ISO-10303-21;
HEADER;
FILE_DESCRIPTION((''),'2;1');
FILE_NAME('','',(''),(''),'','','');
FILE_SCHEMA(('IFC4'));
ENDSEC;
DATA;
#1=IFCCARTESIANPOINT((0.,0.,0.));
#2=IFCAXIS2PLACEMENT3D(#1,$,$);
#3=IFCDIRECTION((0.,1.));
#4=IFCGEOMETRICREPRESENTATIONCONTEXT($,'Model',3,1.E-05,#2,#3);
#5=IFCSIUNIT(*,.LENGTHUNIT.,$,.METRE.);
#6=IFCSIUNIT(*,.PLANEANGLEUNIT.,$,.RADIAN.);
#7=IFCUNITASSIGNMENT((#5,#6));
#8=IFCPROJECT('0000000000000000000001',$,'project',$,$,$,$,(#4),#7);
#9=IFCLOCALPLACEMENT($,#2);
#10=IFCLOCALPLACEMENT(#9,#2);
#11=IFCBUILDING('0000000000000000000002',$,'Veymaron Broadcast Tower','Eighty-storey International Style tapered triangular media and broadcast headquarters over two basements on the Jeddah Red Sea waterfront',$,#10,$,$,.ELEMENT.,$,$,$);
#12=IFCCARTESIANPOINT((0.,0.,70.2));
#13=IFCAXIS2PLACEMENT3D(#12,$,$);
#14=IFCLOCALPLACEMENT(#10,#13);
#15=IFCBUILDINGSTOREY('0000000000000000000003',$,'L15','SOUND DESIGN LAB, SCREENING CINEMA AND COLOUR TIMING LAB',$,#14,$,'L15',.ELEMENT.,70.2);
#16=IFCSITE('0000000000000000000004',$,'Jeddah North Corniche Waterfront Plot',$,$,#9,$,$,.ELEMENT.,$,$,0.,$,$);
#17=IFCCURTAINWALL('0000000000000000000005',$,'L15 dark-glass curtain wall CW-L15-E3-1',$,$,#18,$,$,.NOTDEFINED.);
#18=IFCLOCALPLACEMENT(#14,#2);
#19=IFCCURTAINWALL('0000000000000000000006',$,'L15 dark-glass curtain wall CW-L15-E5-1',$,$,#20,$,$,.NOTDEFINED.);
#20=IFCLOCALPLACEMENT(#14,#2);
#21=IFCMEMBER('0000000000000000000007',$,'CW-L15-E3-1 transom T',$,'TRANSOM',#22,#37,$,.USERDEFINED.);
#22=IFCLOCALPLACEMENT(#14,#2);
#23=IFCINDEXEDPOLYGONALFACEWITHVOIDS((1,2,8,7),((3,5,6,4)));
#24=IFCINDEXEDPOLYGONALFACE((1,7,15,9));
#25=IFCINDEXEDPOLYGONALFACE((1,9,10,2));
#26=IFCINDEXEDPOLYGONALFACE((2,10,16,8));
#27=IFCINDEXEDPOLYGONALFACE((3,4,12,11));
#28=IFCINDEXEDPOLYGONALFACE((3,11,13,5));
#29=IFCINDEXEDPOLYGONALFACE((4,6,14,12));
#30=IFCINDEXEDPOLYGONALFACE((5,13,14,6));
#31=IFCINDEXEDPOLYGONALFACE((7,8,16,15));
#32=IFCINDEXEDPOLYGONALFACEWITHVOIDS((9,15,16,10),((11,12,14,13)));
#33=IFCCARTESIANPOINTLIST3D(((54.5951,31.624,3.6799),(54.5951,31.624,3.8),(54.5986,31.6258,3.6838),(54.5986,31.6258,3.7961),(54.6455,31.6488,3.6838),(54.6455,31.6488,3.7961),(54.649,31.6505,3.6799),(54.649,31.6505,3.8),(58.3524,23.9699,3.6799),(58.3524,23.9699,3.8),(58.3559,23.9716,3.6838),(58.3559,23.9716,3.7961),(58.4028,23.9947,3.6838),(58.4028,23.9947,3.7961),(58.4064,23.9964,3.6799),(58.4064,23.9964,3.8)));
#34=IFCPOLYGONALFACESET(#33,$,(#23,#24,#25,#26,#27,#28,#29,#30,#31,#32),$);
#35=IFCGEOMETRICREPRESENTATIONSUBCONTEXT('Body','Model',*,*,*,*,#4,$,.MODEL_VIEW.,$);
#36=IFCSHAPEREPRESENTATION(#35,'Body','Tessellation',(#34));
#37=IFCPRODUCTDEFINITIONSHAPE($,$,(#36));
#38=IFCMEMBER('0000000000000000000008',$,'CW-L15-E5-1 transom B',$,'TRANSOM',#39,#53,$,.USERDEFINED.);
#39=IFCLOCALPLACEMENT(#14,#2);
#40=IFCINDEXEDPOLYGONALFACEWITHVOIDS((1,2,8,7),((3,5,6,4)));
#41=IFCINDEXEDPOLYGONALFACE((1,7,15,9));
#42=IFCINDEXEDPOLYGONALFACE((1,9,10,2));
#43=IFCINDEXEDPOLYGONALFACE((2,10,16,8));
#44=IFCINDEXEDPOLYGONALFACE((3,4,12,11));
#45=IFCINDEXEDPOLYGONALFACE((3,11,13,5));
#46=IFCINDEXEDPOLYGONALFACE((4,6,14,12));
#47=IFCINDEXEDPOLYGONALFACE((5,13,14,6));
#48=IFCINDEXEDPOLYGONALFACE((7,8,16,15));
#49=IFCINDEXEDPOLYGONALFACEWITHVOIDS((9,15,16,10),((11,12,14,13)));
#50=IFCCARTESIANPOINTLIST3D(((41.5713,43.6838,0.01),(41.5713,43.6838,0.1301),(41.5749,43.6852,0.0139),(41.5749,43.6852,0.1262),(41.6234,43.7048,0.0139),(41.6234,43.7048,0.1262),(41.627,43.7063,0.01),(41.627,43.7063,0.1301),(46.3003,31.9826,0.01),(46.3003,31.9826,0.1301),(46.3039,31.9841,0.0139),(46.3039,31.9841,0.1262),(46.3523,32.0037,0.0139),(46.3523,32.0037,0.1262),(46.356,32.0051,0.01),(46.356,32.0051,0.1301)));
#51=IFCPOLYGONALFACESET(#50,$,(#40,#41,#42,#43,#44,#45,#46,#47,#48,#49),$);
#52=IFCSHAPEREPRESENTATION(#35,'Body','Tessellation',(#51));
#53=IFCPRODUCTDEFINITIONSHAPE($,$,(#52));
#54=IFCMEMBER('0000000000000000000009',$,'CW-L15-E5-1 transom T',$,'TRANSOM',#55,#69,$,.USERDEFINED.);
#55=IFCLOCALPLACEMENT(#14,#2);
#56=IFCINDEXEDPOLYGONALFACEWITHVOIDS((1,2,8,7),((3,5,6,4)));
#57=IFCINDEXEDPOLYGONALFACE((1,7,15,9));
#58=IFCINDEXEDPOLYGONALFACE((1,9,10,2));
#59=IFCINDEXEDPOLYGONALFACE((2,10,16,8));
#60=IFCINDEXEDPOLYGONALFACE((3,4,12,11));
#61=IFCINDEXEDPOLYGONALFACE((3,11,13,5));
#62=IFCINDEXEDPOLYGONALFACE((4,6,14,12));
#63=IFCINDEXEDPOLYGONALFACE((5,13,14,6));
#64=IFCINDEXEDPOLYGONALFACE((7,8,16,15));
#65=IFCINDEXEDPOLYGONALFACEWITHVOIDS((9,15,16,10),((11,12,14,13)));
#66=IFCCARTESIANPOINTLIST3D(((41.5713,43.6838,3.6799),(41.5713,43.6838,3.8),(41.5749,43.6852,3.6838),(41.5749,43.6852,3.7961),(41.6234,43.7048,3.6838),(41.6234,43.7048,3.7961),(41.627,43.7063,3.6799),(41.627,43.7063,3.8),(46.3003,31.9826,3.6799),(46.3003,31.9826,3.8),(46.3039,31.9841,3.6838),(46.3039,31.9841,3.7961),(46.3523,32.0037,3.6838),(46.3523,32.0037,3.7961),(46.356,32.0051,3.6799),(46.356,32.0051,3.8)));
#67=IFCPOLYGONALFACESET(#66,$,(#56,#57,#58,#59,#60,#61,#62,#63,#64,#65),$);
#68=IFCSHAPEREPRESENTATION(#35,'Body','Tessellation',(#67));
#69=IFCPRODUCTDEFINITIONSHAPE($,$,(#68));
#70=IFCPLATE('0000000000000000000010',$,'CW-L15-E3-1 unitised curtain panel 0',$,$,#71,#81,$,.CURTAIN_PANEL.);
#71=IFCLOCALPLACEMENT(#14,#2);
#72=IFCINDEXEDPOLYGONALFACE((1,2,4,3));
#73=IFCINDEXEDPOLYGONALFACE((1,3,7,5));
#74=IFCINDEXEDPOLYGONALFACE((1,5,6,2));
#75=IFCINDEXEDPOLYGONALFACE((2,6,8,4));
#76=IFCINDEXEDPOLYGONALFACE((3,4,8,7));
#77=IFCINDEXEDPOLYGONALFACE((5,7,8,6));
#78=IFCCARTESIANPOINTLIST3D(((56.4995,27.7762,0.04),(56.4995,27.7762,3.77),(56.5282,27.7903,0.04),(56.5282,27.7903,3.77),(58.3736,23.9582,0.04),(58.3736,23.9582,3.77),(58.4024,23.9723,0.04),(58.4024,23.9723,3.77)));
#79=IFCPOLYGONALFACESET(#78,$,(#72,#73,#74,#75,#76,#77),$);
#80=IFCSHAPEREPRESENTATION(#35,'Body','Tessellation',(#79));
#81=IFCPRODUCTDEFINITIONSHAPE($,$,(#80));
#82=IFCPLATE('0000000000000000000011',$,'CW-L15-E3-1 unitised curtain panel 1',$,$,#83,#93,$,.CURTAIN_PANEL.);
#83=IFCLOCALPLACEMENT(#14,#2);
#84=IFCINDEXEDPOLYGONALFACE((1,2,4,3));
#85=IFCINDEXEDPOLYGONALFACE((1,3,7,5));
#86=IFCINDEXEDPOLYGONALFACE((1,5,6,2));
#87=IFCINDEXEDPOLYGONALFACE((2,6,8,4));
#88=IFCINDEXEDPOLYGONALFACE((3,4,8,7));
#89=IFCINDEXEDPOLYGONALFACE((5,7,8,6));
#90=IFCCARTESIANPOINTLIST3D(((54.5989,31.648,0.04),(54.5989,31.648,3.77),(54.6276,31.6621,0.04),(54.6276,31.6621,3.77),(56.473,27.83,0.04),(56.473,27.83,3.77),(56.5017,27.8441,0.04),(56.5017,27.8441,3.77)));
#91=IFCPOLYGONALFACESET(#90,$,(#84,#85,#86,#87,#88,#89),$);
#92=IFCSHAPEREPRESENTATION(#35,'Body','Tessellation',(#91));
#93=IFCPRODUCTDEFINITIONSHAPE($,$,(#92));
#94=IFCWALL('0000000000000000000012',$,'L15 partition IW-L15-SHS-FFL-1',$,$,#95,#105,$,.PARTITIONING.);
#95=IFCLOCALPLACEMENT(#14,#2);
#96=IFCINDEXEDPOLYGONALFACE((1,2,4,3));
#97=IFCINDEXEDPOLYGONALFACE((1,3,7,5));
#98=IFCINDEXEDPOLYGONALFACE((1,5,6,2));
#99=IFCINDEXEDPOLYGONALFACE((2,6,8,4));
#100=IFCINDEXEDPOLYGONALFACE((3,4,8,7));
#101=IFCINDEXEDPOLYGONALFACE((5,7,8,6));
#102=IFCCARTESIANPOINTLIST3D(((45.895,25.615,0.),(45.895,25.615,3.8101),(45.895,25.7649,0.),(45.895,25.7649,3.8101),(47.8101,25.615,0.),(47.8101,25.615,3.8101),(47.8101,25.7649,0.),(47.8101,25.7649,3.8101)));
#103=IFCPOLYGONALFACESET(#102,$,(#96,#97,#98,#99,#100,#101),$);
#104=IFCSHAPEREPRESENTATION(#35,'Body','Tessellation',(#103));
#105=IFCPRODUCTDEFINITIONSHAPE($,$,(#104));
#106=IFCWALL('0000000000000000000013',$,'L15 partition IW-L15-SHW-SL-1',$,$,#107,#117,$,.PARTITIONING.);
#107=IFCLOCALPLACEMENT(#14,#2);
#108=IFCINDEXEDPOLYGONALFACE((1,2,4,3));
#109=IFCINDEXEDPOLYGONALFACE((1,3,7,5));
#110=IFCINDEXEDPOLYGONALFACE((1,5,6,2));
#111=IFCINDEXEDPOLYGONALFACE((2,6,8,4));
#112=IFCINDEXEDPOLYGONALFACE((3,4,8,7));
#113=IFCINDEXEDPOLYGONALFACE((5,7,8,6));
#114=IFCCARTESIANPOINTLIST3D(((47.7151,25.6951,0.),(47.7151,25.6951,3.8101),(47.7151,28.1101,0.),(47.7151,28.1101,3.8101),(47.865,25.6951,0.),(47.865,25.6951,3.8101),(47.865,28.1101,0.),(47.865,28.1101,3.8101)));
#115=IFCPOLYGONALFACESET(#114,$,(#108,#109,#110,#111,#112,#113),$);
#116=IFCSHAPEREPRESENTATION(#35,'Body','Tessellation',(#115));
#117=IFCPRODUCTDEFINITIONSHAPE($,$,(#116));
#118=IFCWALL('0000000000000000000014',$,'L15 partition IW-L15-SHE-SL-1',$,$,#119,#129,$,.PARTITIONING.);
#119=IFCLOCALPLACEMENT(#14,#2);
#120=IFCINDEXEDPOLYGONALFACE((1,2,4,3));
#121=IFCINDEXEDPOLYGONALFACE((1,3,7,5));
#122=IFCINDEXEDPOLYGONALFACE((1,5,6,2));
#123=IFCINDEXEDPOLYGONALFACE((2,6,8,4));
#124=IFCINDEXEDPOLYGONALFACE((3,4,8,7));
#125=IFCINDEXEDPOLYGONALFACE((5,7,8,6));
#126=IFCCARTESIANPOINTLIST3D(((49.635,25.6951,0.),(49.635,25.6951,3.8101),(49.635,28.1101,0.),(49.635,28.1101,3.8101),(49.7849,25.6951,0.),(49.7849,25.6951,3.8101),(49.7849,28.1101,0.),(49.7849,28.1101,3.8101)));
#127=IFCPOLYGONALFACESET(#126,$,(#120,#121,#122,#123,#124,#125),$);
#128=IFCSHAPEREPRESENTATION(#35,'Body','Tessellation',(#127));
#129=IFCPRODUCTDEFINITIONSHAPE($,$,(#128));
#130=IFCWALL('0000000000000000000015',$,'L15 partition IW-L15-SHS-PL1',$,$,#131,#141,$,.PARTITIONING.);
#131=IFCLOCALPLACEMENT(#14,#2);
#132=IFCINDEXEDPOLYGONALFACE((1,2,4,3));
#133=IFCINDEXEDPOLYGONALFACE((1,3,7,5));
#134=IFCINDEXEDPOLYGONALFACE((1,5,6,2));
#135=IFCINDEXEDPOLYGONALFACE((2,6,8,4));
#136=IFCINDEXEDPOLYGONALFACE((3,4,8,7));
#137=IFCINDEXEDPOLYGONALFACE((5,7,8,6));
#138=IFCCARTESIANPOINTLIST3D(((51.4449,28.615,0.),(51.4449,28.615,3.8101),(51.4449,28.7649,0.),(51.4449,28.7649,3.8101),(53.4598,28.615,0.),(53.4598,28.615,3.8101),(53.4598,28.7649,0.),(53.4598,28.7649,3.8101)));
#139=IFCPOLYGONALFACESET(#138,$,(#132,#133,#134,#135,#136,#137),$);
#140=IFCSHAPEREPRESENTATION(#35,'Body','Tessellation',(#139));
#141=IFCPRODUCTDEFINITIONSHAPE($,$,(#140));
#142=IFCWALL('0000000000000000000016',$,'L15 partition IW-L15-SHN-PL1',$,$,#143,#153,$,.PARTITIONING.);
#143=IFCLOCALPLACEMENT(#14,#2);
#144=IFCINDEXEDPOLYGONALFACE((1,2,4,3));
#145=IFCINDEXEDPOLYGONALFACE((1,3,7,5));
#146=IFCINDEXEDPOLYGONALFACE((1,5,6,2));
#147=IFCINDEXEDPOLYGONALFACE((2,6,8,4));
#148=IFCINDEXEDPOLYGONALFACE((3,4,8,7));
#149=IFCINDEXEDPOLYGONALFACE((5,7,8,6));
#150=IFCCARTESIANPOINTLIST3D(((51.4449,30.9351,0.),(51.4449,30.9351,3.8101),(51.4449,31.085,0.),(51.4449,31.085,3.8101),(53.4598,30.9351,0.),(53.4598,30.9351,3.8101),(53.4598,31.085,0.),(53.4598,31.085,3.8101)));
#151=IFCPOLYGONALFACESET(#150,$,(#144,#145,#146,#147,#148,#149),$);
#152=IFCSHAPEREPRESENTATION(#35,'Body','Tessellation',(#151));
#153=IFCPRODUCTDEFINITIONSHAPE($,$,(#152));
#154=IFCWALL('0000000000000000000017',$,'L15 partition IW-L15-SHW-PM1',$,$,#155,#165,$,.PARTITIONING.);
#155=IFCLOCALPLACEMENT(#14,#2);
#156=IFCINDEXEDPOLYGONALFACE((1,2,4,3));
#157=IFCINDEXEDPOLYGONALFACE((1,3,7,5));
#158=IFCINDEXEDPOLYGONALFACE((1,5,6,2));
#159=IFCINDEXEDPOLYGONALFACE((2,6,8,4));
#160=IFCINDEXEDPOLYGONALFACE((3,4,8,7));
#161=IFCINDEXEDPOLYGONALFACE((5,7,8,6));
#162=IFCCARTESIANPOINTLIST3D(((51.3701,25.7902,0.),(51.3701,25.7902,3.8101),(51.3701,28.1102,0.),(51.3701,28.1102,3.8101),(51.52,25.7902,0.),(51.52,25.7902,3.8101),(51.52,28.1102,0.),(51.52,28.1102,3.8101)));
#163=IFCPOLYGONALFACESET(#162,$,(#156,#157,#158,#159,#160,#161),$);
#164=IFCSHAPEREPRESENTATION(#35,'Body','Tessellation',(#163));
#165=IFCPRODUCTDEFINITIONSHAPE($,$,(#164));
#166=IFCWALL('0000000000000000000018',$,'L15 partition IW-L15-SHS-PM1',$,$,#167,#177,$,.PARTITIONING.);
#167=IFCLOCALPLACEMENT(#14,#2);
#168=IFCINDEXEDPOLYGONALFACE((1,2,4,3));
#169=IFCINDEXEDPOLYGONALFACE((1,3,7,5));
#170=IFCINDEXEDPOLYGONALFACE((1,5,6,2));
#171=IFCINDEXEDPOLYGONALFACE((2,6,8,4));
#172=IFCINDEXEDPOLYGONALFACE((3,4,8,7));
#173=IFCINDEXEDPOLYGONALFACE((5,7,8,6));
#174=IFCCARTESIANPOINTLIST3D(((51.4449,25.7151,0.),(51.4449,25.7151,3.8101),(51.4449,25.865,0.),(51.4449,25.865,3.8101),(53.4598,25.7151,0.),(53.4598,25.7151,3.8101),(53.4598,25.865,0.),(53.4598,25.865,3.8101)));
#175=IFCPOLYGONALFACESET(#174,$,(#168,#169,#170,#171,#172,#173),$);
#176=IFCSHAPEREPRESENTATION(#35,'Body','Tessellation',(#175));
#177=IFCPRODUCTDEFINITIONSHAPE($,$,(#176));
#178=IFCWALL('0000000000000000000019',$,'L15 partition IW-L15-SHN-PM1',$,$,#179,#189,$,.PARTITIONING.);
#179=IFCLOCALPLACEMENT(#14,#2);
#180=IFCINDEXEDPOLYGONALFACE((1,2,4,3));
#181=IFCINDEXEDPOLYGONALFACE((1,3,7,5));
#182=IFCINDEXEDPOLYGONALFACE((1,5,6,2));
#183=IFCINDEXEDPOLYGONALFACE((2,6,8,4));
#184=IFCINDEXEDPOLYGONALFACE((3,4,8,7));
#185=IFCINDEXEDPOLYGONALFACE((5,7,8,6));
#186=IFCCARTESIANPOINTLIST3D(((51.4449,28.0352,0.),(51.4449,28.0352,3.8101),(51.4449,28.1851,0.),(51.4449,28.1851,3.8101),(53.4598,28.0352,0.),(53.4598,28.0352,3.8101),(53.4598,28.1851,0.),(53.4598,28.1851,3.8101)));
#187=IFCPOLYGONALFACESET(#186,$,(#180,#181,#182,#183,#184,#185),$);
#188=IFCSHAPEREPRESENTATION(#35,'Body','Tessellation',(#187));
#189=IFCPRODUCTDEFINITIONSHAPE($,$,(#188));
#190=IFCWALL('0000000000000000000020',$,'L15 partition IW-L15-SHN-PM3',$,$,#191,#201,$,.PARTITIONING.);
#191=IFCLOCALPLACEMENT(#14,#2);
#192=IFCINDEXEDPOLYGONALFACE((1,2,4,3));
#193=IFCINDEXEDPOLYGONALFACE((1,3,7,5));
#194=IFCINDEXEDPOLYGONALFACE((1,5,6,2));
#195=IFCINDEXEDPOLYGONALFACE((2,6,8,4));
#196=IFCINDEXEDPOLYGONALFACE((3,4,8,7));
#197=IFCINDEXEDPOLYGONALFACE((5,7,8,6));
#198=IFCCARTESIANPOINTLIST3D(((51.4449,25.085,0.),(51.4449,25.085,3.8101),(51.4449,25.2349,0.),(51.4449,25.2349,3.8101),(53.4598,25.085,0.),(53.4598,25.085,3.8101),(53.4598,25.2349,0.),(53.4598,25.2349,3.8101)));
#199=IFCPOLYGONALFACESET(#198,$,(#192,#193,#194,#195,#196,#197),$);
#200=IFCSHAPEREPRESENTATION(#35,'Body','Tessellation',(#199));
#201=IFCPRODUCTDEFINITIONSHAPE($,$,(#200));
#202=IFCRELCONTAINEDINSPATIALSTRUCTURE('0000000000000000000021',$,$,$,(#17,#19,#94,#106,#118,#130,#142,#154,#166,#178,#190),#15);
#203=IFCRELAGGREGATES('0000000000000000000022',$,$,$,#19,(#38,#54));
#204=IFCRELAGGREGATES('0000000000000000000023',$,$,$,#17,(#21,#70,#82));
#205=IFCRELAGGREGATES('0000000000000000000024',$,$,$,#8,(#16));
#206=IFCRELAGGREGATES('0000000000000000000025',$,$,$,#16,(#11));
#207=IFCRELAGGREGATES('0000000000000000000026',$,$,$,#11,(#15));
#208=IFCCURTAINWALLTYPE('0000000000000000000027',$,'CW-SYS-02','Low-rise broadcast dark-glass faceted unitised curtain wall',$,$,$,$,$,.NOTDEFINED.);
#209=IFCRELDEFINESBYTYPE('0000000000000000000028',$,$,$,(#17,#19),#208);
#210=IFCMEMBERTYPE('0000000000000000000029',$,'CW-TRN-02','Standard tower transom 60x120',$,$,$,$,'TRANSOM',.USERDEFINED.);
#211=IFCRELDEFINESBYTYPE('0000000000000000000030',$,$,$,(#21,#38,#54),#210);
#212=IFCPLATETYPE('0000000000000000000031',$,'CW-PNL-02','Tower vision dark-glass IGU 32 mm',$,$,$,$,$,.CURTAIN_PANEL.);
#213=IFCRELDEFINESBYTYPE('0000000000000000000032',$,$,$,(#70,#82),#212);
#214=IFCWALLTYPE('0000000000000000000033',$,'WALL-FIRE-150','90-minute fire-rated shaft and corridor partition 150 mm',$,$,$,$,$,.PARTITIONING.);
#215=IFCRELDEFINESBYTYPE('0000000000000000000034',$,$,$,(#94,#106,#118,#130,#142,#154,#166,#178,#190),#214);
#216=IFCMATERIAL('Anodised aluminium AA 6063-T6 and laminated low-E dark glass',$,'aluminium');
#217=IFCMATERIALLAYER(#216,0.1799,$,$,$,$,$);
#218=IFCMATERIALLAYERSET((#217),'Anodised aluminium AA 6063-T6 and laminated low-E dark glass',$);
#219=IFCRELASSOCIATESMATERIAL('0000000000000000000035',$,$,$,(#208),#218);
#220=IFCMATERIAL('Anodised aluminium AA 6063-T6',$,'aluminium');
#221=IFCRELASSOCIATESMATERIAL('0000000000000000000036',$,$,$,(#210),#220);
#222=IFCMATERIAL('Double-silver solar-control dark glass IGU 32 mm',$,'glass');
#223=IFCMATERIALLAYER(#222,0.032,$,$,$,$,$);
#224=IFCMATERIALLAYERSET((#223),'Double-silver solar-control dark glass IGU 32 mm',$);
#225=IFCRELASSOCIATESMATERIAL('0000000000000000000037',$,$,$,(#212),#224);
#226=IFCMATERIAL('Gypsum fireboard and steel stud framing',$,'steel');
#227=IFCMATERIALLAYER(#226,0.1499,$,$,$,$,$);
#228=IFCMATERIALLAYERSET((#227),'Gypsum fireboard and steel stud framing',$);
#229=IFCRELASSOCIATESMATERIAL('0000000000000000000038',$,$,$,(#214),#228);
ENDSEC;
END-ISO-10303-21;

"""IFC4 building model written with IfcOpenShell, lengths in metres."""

from ifc_helpers import new_model, si_unit, direction, frame, frame_2d, origin, origin_2d, place, context, subcontext, project, spatial, rectangle, hollow_rectangle, extrude, material, layer, layer_set, material_profile, profile_set, type_object, element, aggregate, save


model = new_model("IFC4")

# Units and contexts
model_context = context("Model", 3, precision=1e-05, world=origin(), true_north=direction((0.0, 1.0)))
body_context = subcontext(model_context, "Body", "Model", "MODEL_VIEW")
ifc_project = project(units=[si_unit("LENGTHUNIT", "METRE"), si_unit("PLANEANGLEUNIT", "RADIAN")], contexts=[model_context])

# Site, building, storey
site_placement = place(None, origin())
site = spatial("IfcSite", under=ifc_project, at=site_placement, Name="Jeddah North Corniche Waterfront Plot", CompositionType="ELEMENT", RefElevation=0.0)
building_placement = place(site_placement, origin())
building = spatial("IfcBuilding", under=site, at=building_placement, Name="Veymaron Broadcast Tower", Description="Eighty-storey International Style tapered triangular media and broadcast headquarters over two basements on the Jeddah Red Sea waterfront", CompositionType="ELEMENT")
storey_placement = place(building_placement, frame((0.0, 0.0, 70.2)))
storey = spatial("IfcBuildingStorey", under=building, at=storey_placement, Name="L15", Description="SOUND DESIGN LAB, SCREENING CINEMA AND COLOUR TIMING LAB", LongName="L15", CompositionType="ELEMENT", Elevation=70.2)

# Shared definitions
ifc_material_1 = material(Name="Anodised aluminium AA 6063-T6 and laminated low-E dark glass", Category="aluminium")
ifc_layer_1 = layer(ifc_material_1, 0.1799)
ifc_layer_set_1 = layer_set([ifc_layer_1], Name="Anodised aluminium AA 6063-T6 and laminated low-E dark glass")
curtain_wall_type = type_object("IfcCurtainWallType", Name="CW-SYS-02", Description="Low-rise broadcast dark-glass faceted unitised curtain wall", PredefinedType="NOTDEFINED", material=ifc_layer_set_1)
ifc_material_2 = material(Name="Anodised aluminium AA 6063-T6", Category="aluminium")

# Curtain wall
curtain_wall_1_placement = place(storey_placement, origin())
curtain_wall_1 = element("IfcCurtainWall", 1, at=curtain_wall_1_placement, inside=storey, type_object=curtain_wall_type, Name="L15 dark-glass curtain wall CW-L15-E3-1", PredefinedType="NOTDEFINED")

# Curtain wall
curtain_wall_2_placement = place(storey_placement, origin())
curtain_wall_2 = element("IfcCurtainWall", 2, at=curtain_wall_2_placement, inside=storey, type_object=curtain_wall_type, Name="L15 dark-glass curtain wall CW-L15-E5-1", PredefinedType="NOTDEFINED")

# Members
ifc_material_profile_1 = material_profile(ifc_material_2, hollow_rectangle(XDim=0.0601, YDim=0.1201, WallThickness=0.0039, at=origin_2d()), Name="AL120X60X4")
ifc_profile_set_1 = profile_set([ifc_material_profile_1], Name="Anodised aluminium AA 6063-T6")
member_type_1 = type_object("IfcMemberType", Name="CW-TRN-02", Description="Standard tower transom 60x120", ElementType="TRANSOM", PredefinedType="USERDEFINED", material=ifc_profile_set_1)
member_1_placement = place(storey_placement, frame((58.3794, 23.9832, 3.74), z_axis=(-0.440662, 0.897673, 0.0), x_axis=(-0.897673, -0.440662, 0.0)))
member_1 = element("IfcMember", 3, at=member_1_placement, type_object=member_type_1, Name="CW-L15-E3-1 transom T", ObjectType="TRANSOM", PredefinedType="USERDEFINED", context=body_context, shape_type="SweptSolid", body=[
    extrude(hollow_rectangle(XDim=0.0601, YDim=0.1201, WallThickness=0.0039, at=origin_2d()), origin(), (0.0, 0.0, 1.0), 8.5266),
])
member_2_placement = place(storey_placement, frame((46.3281, 31.9939, 0.0701), z_axis=(-0.374704, 0.927145, 0.0), x_axis=(-0.927145, -0.374704, 0.0)))
member_2 = element("IfcMember", 4, at=member_2_placement, type_object=member_type_1, Name="CW-L15-E5-1 transom B", ObjectType="TRANSOM", PredefinedType="USERDEFINED", context=body_context, shape_type="SweptSolid", body=[
    extrude(hollow_rectangle(XDim=0.0601, YDim=0.1201, WallThickness=0.0039, at=origin_2d()), origin(), (0.0, 0.0, 1.0), 12.6206),
])
member_3_placement = place(storey_placement, frame((46.3281, 31.9939, 3.74), z_axis=(-0.374704, 0.927145, 0.0), x_axis=(-0.927145, -0.374704, 0.0)))
member_3 = element("IfcMember", 5, at=member_3_placement, type_object=member_type_1, Name="CW-L15-E5-1 transom T", ObjectType="TRANSOM", PredefinedType="USERDEFINED", context=body_context, shape_type="SweptSolid", body=[
    extrude(hollow_rectangle(XDim=0.0601, YDim=0.1201, WallThickness=0.0039, at=origin_2d()), origin(), (0.0, 0.0, 1.0), 12.6206),
])
aggregate(curtain_wall_2, [member_2, member_3])

# Plates
ifc_material_3 = material(Name="Double-silver solar-control dark glass IGU 32 mm", Category="glass")
ifc_layer_2 = layer(ifc_material_3, 0.032)
ifc_layer_set_2 = layer_set([ifc_layer_2], Name="Double-silver solar-control dark glass IGU 32 mm")
plate_type = type_object("IfcPlateType", Name="CW-PNL-02", Description="Tower vision dark-glass IGU 32 mm", PredefinedType="CURTAIN_PANEL", material=ifc_layer_set_2)
plate_1_placement = place(storey_placement, frame((57.4509, 25.8743, 0.04), z_axis=(0.0, 0.0, 1.0), x_axis=(-0.440644, 0.897682, 0.0)))
plate_1 = element("IfcPlate", 6, at=plate_1_placement, type_object=plate_type, Name="CW-L15-E3-1 unitised curtain panel 0", PredefinedType="CURTAIN_PANEL", context=body_context, shape_type="SweptSolid", body=[
    extrude(rectangle(XDim=4.2532, YDim=0.032, at=origin_2d()), origin(), (0.0, 0.0, 1.0), 3.73),
])
plate_2_placement = place(storey_placement, frame((55.5503, 29.7461, 0.04), z_axis=(0.0, 0.0, 1.0), x_axis=(-0.440644, 0.897682, 0.0)))
plate_2 = element("IfcPlate", 7, at=plate_2_placement, type_object=plate_type, Name="CW-L15-E3-1 unitised curtain panel 1", PredefinedType="CURTAIN_PANEL", context=body_context, shape_type="SweptSolid", body=[
    extrude(rectangle(XDim=4.2532, YDim=0.032, at=origin_2d()), origin(), (0.0, 0.0, 1.0), 3.73),
])
aggregate(curtain_wall_1, [member_1, plate_1, plate_2])

# Shared definitions
ifc_material_4 = material(Name="Gypsum fireboard and steel stud framing", Category="steel")
ifc_layer_3 = layer(ifc_material_4, 0.1499)
ifc_layer_set_3 = layer_set([ifc_layer_3], Name="Gypsum fireboard and steel stud framing")
wall_type_1 = type_object("IfcWallType", Name="WALL-FIRE-150", Description="90-minute fire-rated shaft and corridor partition 150 mm", PredefinedType="PARTITIONING", material=ifc_layer_set_3)

# Wall
wall_1_placement = place(storey_placement, frame((45.895, 25.6899, 0.0), z_axis=(0.0, 0.0, 1.0), x_axis=(1.0, 0.0, 0.0)))
element("IfcWall", 8, at=wall_1_placement, inside=storey, type_object=wall_type_1, Name="L15 partition IW-L15-SHS-FFL-1", PredefinedType="PARTITIONING", context=body_context, shape_type="SweptSolid", body=[
    extrude(rectangle(XDim=1.915, YDim=0.1499, at=frame_2d((0.9575, 0.0))), origin(), (0.0, 0.0, 1.0), 3.8101),
])

# Walls
for number, where, z_axis, x_axis, name in (
    (9, (47.79, 25.6951, 0.0), (0.0, 0.0, 1.0), (0.0, 1.0, 0.0), "L15 partition IW-L15-SHW-SL-1"),
    (10, (49.71, 25.6951, 0.0), (0.0, 0.0, 1.0), (0.0, 1.0, 0.0), "L15 partition IW-L15-SHE-SL-1"),
):
    element("IfcWall", number, at=place(storey_placement, frame(where, z_axis=z_axis, x_axis=x_axis)), inside=storey, type_object=wall_type_1, Name=name, PredefinedType="PARTITIONING", context=body_context, shape_type="SweptSolid", body=[
        extrude(rectangle(XDim=2.415, YDim=0.1499, at=frame_2d((1.2075, 0.0))), origin(), (0.0, 0.0, 1.0), 3.8101),
    ])

# Walls
for number, where, z_axis, x_axis, name in (
    (11, (51.4451, 28.6899, 0.0), (0.0, 0.0, 1.0), (1.0, 0.0, 0.0), "L15 partition IW-L15-SHS-PL1"),
    (12, (51.4451, 31.01, 0.0), (0.0, 0.0, 1.0), (1.0, 0.0, 0.0), "L15 partition IW-L15-SHN-PL1"),
):
    element("IfcWall", number, at=place(storey_placement, frame(where, z_axis=z_axis, x_axis=x_axis)), inside=storey, type_object=wall_type_1, Name=name, PredefinedType="PARTITIONING", context=body_context, shape_type="SweptSolid", body=[
        extrude(rectangle(XDim=2.0149, YDim=0.1499, at=frame_2d((1.0073, 0.0))), origin(), (0.0, 0.0, 1.0), 3.8101),
    ])
wall_2_placement = place(storey_placement, frame((51.4451, 25.79, 0.0), z_axis=(0.0, 0.0, 1.0), x_axis=(0.0, 1.0, 0.0)))
element("IfcWall", 13, at=wall_2_placement, inside=storey, type_object=wall_type_1, Name="L15 partition IW-L15-SHW-PM1", PredefinedType="PARTITIONING", context=body_context, shape_type="SweptSolid", body=[
    extrude(rectangle(XDim=2.3201, YDim=0.1499, at=frame_2d((1.1602, 0.0))), origin(), (0.0, 0.0, 1.0), 3.8101),
])
for number, where, z_axis, x_axis, name in (
    (14, (51.4451, 25.79, 0.0), (0.0, 0.0, 1.0), (1.0, 0.0, 0.0), "L15 partition IW-L15-SHS-PM1"),
    (15, (51.4451, 28.1101, 0.0), (0.0, 0.0, 1.0), (1.0, 0.0, 0.0), "L15 partition IW-L15-SHN-PM1"),
    (16, (51.4451, 25.1599, 0.0), (0.0, 0.0, 1.0), (1.0, 0.0, 0.0), "L15 partition IW-L15-SHN-PM3"),
):
    element("IfcWall", number, at=place(storey_placement, frame(where, z_axis=z_axis, x_axis=x_axis)), inside=storey, type_object=wall_type_1, Name=name, PredefinedType="PARTITIONING", context=body_context, shape_type="SweptSolid", body=[
        extrude(rectangle(XDim=2.0149, YDim=0.1499, at=frame_2d((1.0073, 0.0))), origin(), (0.0, 0.0, 1.0), 3.8101),
    ])

save(model, "model.ifc")
